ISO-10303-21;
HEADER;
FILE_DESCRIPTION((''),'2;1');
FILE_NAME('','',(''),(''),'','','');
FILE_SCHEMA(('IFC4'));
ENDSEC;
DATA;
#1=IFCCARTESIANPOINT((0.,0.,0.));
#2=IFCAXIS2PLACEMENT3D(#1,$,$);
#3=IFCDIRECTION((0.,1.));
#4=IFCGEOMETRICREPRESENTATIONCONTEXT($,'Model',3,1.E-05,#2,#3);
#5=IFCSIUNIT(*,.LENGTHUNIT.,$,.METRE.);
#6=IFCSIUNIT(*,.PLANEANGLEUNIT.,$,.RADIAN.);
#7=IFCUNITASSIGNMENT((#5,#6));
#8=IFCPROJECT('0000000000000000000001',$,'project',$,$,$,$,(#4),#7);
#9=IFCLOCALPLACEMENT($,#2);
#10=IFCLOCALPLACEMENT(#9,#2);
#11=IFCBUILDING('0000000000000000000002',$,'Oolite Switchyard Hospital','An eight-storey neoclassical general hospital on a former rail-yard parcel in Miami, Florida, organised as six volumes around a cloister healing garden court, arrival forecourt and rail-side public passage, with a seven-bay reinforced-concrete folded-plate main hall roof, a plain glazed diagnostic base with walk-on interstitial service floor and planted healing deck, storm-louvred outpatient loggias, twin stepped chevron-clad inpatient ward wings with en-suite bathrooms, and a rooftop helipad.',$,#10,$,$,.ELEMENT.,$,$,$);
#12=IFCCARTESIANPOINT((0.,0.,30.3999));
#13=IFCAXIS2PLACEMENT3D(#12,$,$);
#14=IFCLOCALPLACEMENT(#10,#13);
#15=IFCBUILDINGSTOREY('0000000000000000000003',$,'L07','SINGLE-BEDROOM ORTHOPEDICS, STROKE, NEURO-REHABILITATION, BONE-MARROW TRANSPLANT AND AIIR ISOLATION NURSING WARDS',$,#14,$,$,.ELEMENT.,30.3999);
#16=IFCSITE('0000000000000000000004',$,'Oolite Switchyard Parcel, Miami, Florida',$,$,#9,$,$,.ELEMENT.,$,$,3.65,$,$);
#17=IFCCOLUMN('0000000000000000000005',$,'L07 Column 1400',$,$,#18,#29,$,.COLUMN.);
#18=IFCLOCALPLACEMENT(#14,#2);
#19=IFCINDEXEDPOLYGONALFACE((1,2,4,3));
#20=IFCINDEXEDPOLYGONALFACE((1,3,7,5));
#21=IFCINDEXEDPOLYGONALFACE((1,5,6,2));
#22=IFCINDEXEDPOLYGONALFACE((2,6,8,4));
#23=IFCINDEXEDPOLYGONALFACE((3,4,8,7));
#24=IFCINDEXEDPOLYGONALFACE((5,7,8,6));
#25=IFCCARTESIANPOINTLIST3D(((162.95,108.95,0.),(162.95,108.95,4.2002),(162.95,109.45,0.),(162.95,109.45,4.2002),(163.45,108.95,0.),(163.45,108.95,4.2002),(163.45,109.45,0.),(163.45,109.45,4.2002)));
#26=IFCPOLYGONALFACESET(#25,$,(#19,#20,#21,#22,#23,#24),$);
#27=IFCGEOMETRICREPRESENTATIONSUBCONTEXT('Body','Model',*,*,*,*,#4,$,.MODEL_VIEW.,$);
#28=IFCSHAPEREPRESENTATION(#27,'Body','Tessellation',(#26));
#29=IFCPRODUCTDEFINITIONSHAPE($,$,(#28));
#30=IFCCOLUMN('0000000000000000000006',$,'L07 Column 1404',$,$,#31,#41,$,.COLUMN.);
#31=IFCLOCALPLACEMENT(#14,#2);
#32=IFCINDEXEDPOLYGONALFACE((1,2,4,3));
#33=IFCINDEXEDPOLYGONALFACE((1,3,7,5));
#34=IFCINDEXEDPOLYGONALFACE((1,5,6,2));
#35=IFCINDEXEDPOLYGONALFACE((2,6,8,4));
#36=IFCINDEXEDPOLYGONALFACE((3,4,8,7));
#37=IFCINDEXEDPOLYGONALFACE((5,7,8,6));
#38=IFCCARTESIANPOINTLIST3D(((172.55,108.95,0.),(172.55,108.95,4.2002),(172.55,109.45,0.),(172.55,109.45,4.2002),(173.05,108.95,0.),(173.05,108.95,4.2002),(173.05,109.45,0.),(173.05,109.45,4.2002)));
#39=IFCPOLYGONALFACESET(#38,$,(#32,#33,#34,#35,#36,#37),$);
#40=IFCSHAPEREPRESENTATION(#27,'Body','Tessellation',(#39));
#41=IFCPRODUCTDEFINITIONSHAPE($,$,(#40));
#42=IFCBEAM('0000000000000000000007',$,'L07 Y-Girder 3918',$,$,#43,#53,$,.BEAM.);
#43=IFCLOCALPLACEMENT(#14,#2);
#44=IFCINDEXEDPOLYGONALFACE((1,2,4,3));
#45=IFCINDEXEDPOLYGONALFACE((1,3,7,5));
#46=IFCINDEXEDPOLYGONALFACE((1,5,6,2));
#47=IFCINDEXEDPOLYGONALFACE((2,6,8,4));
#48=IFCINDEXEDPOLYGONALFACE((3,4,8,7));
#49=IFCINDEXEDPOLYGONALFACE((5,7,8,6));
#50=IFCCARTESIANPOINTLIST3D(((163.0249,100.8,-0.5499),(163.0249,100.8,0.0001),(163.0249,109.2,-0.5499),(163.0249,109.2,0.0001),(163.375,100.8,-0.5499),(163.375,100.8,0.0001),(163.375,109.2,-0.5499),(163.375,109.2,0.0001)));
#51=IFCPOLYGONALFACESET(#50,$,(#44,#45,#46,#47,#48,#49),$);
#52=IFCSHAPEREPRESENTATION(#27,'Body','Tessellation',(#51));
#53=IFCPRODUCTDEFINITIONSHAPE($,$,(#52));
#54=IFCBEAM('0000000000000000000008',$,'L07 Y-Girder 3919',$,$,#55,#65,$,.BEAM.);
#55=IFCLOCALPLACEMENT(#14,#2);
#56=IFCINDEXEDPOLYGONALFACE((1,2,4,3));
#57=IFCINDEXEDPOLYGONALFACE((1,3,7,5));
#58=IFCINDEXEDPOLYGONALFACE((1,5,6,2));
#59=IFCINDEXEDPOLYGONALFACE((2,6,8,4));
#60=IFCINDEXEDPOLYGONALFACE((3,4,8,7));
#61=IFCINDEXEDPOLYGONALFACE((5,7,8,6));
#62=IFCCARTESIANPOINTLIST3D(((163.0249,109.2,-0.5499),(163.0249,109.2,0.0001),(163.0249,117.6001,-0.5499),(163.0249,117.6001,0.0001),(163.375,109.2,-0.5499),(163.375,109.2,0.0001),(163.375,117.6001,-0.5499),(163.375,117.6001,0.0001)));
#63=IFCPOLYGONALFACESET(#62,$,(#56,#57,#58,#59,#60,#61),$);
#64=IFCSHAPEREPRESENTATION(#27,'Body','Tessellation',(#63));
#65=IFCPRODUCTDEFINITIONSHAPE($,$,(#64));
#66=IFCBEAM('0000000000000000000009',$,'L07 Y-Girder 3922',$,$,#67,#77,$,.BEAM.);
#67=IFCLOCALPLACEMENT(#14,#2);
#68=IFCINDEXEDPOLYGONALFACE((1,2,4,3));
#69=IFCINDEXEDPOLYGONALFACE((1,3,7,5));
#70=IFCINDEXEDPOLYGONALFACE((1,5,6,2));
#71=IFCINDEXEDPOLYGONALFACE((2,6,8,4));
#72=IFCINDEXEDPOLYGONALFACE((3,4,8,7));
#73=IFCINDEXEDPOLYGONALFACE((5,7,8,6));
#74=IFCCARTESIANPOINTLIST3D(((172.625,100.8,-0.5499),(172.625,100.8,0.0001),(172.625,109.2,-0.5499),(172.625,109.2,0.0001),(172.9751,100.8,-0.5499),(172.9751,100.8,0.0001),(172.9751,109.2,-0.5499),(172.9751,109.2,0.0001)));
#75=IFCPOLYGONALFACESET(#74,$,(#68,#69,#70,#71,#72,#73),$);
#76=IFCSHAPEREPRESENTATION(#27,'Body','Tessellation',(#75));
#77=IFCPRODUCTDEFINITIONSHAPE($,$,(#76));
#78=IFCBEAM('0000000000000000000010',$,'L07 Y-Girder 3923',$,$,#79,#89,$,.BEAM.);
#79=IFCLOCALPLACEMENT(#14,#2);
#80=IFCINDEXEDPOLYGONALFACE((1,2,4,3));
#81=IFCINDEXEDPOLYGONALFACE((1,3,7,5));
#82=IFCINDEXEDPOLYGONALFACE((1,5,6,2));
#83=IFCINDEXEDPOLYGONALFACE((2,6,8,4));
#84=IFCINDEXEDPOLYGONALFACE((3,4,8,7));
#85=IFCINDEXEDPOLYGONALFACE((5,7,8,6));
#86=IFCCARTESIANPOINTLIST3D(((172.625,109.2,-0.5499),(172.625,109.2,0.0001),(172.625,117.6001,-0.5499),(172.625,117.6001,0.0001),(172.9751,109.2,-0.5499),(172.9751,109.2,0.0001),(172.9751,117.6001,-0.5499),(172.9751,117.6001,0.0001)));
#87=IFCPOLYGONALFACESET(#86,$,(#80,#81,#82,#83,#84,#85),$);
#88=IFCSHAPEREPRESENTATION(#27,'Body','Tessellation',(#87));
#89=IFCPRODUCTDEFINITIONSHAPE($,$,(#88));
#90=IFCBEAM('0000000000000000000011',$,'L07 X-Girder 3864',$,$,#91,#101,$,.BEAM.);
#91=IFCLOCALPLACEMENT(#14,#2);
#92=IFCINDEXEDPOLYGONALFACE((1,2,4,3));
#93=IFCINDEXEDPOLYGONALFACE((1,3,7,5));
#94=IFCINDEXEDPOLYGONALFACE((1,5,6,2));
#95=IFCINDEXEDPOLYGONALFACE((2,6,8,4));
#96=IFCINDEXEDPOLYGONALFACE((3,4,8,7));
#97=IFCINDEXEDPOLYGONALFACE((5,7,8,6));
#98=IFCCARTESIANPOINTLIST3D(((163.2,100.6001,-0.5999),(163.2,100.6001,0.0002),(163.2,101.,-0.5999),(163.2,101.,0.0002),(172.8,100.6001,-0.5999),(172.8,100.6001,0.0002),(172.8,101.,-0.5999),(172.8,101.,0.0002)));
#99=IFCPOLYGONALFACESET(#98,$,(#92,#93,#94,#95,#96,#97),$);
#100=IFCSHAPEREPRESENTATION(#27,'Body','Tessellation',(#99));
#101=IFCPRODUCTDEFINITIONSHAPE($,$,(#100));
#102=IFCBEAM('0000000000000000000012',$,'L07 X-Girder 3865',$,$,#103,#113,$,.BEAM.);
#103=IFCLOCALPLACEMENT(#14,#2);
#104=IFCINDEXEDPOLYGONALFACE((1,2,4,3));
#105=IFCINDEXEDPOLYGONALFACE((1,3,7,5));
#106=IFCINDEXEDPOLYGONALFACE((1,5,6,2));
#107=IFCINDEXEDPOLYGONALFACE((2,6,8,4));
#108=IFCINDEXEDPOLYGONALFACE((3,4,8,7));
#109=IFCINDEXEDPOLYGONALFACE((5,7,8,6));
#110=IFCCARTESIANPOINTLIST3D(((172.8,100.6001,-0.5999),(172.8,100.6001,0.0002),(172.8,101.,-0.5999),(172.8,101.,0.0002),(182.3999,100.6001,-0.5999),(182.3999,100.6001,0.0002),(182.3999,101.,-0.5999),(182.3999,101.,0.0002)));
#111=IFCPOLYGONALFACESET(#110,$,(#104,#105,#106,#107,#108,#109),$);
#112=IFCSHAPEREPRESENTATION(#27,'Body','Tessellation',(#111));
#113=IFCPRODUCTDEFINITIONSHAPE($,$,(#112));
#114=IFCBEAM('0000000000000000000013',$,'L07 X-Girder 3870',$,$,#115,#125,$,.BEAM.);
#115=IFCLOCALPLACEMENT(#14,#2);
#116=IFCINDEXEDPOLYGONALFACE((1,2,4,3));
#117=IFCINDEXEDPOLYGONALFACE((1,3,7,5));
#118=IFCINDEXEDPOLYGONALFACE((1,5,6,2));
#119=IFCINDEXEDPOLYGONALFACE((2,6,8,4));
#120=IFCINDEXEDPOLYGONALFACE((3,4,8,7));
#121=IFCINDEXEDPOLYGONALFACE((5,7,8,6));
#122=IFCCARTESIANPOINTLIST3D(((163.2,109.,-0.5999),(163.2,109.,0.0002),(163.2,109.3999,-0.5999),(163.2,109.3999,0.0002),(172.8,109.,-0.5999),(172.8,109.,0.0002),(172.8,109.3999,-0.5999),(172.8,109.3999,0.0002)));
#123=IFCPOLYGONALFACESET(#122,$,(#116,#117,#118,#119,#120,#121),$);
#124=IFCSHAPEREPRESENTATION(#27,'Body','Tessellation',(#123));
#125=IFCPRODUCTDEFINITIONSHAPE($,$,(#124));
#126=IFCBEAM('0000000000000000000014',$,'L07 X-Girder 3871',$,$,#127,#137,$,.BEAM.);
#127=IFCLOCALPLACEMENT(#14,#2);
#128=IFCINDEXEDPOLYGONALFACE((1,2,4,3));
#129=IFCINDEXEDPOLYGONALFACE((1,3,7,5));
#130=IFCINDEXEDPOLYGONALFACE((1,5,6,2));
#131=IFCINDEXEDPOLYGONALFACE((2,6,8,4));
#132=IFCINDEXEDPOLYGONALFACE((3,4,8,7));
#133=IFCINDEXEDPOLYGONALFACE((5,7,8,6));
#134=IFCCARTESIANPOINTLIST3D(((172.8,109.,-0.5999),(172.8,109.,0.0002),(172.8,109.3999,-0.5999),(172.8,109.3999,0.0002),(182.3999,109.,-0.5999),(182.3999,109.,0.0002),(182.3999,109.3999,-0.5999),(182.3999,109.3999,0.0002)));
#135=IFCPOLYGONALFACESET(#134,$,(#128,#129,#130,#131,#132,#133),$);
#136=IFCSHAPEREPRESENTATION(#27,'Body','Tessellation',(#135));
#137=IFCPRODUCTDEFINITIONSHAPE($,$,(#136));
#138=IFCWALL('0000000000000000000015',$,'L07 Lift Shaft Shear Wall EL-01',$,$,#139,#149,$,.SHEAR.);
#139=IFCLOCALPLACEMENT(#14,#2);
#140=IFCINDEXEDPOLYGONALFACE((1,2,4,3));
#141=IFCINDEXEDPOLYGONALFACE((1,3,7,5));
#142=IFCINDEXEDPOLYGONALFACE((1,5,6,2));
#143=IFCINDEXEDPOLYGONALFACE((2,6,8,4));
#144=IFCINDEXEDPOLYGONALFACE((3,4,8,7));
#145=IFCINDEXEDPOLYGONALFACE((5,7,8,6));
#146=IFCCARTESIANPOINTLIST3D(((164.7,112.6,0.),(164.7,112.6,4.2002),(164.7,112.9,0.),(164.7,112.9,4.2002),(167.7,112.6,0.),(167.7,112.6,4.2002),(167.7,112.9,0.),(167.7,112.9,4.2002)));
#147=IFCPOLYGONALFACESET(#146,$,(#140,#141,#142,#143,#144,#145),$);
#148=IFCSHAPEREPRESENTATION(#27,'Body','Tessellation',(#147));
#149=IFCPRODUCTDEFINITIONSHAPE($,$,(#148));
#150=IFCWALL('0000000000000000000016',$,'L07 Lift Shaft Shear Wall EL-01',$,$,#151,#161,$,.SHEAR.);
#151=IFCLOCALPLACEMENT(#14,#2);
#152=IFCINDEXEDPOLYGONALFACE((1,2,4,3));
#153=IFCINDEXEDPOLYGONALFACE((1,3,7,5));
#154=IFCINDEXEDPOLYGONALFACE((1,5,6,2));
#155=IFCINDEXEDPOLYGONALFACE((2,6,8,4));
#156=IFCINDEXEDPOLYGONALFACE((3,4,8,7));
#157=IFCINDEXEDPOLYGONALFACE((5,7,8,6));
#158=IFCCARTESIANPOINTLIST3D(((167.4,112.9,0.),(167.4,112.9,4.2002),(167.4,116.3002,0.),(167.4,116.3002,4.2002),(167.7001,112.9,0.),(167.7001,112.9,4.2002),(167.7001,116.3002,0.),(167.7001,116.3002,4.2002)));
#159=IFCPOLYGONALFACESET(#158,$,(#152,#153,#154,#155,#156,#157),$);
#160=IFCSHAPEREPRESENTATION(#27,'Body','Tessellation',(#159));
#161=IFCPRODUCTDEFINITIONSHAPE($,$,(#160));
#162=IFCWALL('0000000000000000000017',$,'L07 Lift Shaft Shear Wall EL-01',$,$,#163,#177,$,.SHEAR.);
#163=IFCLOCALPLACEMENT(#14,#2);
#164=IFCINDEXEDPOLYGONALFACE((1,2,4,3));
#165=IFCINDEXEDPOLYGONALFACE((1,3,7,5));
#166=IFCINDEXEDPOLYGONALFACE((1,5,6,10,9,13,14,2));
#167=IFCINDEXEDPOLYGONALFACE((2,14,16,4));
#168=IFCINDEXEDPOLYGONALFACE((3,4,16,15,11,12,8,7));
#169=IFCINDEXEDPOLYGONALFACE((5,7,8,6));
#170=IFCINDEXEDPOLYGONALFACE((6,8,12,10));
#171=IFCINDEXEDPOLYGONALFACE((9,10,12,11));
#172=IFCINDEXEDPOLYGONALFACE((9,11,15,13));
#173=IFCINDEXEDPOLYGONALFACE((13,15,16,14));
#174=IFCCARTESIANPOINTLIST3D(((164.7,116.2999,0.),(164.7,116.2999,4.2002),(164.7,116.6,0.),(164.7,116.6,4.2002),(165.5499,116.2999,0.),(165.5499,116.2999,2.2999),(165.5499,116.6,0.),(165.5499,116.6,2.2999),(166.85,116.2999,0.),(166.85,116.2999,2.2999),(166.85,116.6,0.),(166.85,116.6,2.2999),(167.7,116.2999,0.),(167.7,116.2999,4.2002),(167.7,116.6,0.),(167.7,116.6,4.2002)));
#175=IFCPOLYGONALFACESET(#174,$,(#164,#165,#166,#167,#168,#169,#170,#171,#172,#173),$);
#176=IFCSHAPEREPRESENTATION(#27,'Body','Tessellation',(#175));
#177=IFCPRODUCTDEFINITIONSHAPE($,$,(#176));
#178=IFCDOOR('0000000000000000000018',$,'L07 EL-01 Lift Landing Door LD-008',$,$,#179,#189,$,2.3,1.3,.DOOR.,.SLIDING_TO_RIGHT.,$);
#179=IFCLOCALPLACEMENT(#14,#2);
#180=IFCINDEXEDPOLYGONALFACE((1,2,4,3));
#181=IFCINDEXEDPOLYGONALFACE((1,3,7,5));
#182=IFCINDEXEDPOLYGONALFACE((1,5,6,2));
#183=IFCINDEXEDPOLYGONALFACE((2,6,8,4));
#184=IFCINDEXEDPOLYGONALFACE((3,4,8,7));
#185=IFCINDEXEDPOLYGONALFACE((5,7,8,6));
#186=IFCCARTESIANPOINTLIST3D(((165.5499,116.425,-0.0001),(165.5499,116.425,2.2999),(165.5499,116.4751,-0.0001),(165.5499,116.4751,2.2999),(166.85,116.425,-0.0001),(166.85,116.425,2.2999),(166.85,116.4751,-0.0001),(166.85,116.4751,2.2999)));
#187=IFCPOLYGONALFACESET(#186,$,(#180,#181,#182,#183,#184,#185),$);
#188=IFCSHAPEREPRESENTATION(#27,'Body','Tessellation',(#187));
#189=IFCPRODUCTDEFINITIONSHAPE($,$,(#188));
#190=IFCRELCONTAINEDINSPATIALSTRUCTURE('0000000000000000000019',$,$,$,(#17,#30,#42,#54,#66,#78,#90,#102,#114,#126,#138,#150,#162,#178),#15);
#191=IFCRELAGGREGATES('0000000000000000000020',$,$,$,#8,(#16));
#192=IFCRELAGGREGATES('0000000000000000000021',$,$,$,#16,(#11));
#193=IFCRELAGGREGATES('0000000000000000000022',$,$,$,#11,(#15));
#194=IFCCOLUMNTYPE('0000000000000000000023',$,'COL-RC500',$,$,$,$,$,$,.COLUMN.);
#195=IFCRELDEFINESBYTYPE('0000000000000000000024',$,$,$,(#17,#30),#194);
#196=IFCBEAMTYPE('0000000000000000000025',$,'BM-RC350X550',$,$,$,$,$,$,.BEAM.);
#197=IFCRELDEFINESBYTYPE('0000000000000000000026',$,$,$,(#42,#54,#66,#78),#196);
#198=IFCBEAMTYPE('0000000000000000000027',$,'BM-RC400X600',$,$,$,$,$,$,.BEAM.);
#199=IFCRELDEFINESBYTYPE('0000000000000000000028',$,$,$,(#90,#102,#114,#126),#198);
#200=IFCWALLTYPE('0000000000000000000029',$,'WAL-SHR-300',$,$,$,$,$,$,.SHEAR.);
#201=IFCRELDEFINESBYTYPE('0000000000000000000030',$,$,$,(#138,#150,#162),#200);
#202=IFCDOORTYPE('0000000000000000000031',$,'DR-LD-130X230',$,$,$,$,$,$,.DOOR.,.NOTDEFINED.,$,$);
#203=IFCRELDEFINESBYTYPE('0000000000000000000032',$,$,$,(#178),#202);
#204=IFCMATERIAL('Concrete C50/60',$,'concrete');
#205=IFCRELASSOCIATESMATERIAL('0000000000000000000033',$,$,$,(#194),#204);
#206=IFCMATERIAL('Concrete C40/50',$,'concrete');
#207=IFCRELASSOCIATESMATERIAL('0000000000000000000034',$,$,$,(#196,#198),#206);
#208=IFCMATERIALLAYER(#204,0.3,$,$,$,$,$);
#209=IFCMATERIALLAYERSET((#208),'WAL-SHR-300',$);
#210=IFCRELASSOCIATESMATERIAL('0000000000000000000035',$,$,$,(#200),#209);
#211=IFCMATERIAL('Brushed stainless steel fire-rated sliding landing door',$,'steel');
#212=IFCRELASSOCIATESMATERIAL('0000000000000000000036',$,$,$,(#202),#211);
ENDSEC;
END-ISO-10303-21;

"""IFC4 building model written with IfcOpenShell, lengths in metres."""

from ifc_helpers import new_model, si_unit, direction, frame, frame_2d, origin, origin_2d, place, context, subcontext, project, spatial, rectangle, extrude, material, layer, layer_set, material_profile, profile_set, type_object, element, fill, save


model = new_model("IFC4")

# Units and contexts
model_context = context("Model", 3, precision=1e-05, world=origin(), true_north=direction((0.0, 1.0)))
body_context = subcontext(model_context, "Body", "Model", "MODEL_VIEW")
ifc_project = project(units=[si_unit("LENGTHUNIT", "METRE"), si_unit("PLANEANGLEUNIT", "RADIAN")], contexts=[model_context])

# Site, building, storey
site_placement = place(None, origin())
site = spatial("IfcSite", under=ifc_project, at=site_placement, Name="Oolite Switchyard Parcel, Miami, Florida", CompositionType="ELEMENT", RefElevation=3.65)
building_placement = place(site_placement, origin())
building = spatial("IfcBuilding", under=site, at=building_placement, Name="Oolite Switchyard Hospital", Description="An eight-storey neoclassical general hospital on a former rail-yard parcel in Miami, Florida, organised as six volumes around a cloister healing garden court, arrival forecourt and rail-side public passage, with a seven-bay reinforced-concrete folded-plate main hall roof, a plain glazed diagnostic base with walk-on interstitial service floor and planted healing deck, storm-louvred outpatient loggias, twin stepped chevron-clad inpatient ward wings with en-suite bathrooms, and a rooftop helipad.", CompositionType="ELEMENT")
storey_placement = place(building_placement, frame((0.0, 0.0, 30.3999)))
storey = spatial("IfcBuildingStorey", under=building, at=storey_placement, Name="L07", Description="SINGLE-BEDROOM ORTHOPEDICS, STROKE, NEURO-REHABILITATION, BONE-MARROW TRANSPLANT AND AIIR ISOLATION NURSING WARDS", CompositionType="ELEMENT", Elevation=30.3999)

# Columns
ifc_material_1 = material(Name="Concrete C50/60", Category="concrete")
ifc_material_profile_1 = material_profile(ifc_material_1, rectangle(XDim=0.5, YDim=0.5, at=origin_2d()), Name="RC500X500")
ifc_profile_set_1 = profile_set([ifc_material_profile_1], Name="Concrete C50/60")
column_type = type_object("IfcColumnType", Name="COL-RC500", PredefinedType="COLUMN", material=ifc_profile_set_1)
for number, where, z_axis, x_axis, name in (
    (1, (163.2, 109.2, 0.0), (0.0, 0.0, 1.0), (1.0, 0.0, 0.0), "L07 Column 1400"),
    (2, (172.8, 109.2, 0.0), (0.0, 0.0, 1.0), (1.0, 0.0, 0.0), "L07 Column 1404"),
):
    element("IfcColumn", number, at=place(storey_placement, frame(where, z_axis=z_axis, x_axis=x_axis)), inside=storey, type_object=column_type, Name=name, PredefinedType="COLUMN", context=body_context, shape_type="SweptSolid", body=[
        extrude(rectangle(XDim=0.5, YDim=0.5, at=origin_2d()), origin(), (0.0, 0.0, 1.0), 4.2002),
    ])

# Beams
ifc_material_2 = material(Name="Concrete C40/50", Category="concrete")
ifc_material_profile_2 = material_profile(ifc_material_2, rectangle(XDim=0.3501, YDim=0.55, at=origin_2d()), Name="RCB350X550")
ifc_profile_set_2 = profile_set([ifc_material_profile_2], Name="Concrete C40/50")
beam_type_1 = type_object("IfcBeamType", Name="BM-RC350X550", PredefinedType="BEAM", material=ifc_profile_set_2)
beam_1_placement = place(storey_placement, frame((163.2, 100.8, -0.2749), z_axis=(0.0, 1.0, 0.0), x_axis=(-1.0, 0.0, 0.0)))
element("IfcBeam", 3, at=beam_1_placement, inside=storey, type_object=beam_type_1, Name="L07 Y-Girder 3918", PredefinedType="BEAM", context=body_context, shape_type="SweptSolid", body=[
    extrude(rectangle(XDim=0.3501, YDim=0.55, at=origin_2d()), origin(), (0.0, 0.0, 1.0), 8.3999),
])
beam_2_placement = place(storey_placement, frame((163.2, 109.2, -0.2749), z_axis=(0.0, 1.0, 0.0), x_axis=(-1.0, 0.0, 0.0)))
element("IfcBeam", 4, at=beam_2_placement, inside=storey, type_object=beam_type_1, Name="L07 Y-Girder 3919", PredefinedType="BEAM", context=body_context, shape_type="SweptSolid", body=[
    extrude(rectangle(XDim=0.3501, YDim=0.55, at=origin_2d()), origin(), (0.0, 0.0, 1.0), 8.4001),
])
beam_3_placement = place(storey_placement, frame((172.8, 100.8, -0.2749), z_axis=(0.0, 1.0, 0.0), x_axis=(-1.0, 0.0, 0.0)))
element("IfcBeam", 5, at=beam_3_placement, inside=storey, type_object=beam_type_1, Name="L07 Y-Girder 3922", PredefinedType="BEAM", context=body_context, shape_type="SweptSolid", body=[
    extrude(rectangle(XDim=0.3501, YDim=0.55, at=origin_2d()), origin(), (0.0, 0.0, 1.0), 8.3999),
])
beam_4_placement = place(storey_placement, frame((172.8, 109.2, -0.2749), z_axis=(0.0, 1.0, 0.0), x_axis=(-1.0, 0.0, 0.0)))
element("IfcBeam", 6, at=beam_4_placement, inside=storey, type_object=beam_type_1, Name="L07 Y-Girder 3923", PredefinedType="BEAM", context=body_context, shape_type="SweptSolid", body=[
    extrude(rectangle(XDim=0.3501, YDim=0.55, at=origin_2d()), origin(), (0.0, 0.0, 1.0), 8.4001),
])
ifc_material_profile_3 = material_profile(ifc_material_2, rectangle(XDim=0.3999, YDim=0.6001, at=origin_2d()), Name="RCB400X600")
ifc_profile_set_3 = profile_set([ifc_material_profile_3], Name="Concrete C40/50")
beam_type_2 = type_object("IfcBeamType", Name="BM-RC400X600", PredefinedType="BEAM", material=ifc_profile_set_3)
beam_5_placement = place(storey_placement, frame((163.2, 100.8, -0.2998), z_axis=(1.0, 0.0, 0.0), x_axis=(0.0, 1.0, 0.0)))
element("IfcBeam", 7, at=beam_5_placement, inside=storey, type_object=beam_type_2, Name="L07 X-Girder 3864", PredefinedType="BEAM", context=body_context, shape_type="SweptSolid", body=[
    extrude(rectangle(XDim=0.3999, YDim=0.6001, at=origin_2d()), origin(), (0.0, 0.0, 1.0), 9.6001),
])
beam_6_placement = place(storey_placement, frame((172.8, 100.8, -0.2998), z_axis=(1.0, 0.0, 0.0), x_axis=(0.0, 1.0, 0.0)))
element("IfcBeam", 8, at=beam_6_placement, inside=storey, type_object=beam_type_2, Name="L07 X-Girder 3865", PredefinedType="BEAM", context=body_context, shape_type="SweptSolid", body=[
    extrude(rectangle(XDim=0.3999, YDim=0.6001, at=origin_2d()), origin(), (0.0, 0.0, 1.0), 9.5999),
])
beam_7_placement = place(storey_placement, frame((163.2, 109.2, -0.2998), z_axis=(1.0, 0.0, 0.0), x_axis=(0.0, 1.0, 0.0)))
element("IfcBeam", 9, at=beam_7_placement, inside=storey, type_object=beam_type_2, Name="L07 X-Girder 3870", PredefinedType="BEAM", context=body_context, shape_type="SweptSolid", body=[
    extrude(rectangle(XDim=0.3999, YDim=0.6001, at=origin_2d()), origin(), (0.0, 0.0, 1.0), 9.6001),
])
beam_8_placement = place(storey_placement, frame((172.8, 109.2, -0.2998), z_axis=(1.0, 0.0, 0.0), x_axis=(0.0, 1.0, 0.0)))
element("IfcBeam", 10, at=beam_8_placement, inside=storey, type_object=beam_type_2, Name="L07 X-Girder 3871", PredefinedType="BEAM", context=body_context, shape_type="SweptSolid", body=[
    extrude(rectangle(XDim=0.3999, YDim=0.6001, at=origin_2d()), origin(), (0.0, 0.0, 1.0), 9.5999),
])

# Walls
ifc_layer_1 = layer(ifc_material_1, 0.3)
ifc_layer_set_1 = layer_set([ifc_layer_1], Name="WAL-SHR-300")
wall_type_1 = type_object("IfcWallType", Name="WAL-SHR-300", PredefinedType="SHEAR", material=ifc_layer_set_1)
wall_1_placement = place(storey_placement, frame((164.7, 112.75, 0.0), z_axis=(0.0, 0.0, 1.0), x_axis=(1.0, 0.0, 0.0)))
element("IfcWall", 11, at=wall_1_placement, inside=storey, type_object=wall_type_1, Name="L07 Lift Shaft Shear Wall EL-01", PredefinedType="SHEAR", context=body_context, shape_type="SweptSolid", body=[
    extrude(rectangle(XDim=3.0, YDim=0.3, at=frame_2d((1.5, 0.0))), origin(), (0.0, 0.0, 1.0), 4.2002),
])
wall_2_placement = place(storey_placement, frame((167.55, 112.8999, 0.0), z_axis=(0.0, 0.0, 1.0), x_axis=(0.0, 1.0, 0.0)))
element("IfcWall", 12, at=wall_2_placement, inside=storey, type_object=wall_type_1, Name="L07 Lift Shaft Shear Wall EL-01", PredefinedType="SHEAR", context=body_context, shape_type="SweptSolid", body=[
    extrude(rectangle(XDim=3.4001, YDim=0.3, at=frame_2d((1.7002, 0.0))), origin(), (0.0, 0.0, 1.0), 4.2002),
])

# Wall, opening, door
wall_3_placement = place(storey_placement, frame((167.7, 116.45, 0.0), z_axis=(0.0, 0.0, 1.0), x_axis=(-1.0, 0.0, 0.0)))
wall_3 = element("IfcWall", 13, at=wall_3_placement, inside=storey, type_object=wall_type_1, Name="L07 Lift Shaft Shear Wall EL-01", PredefinedType="SHEAR", context=body_context, shape_type="SweptSolid", body=[
    extrude(rectangle(XDim=3.0, YDim=0.3, at=frame_2d((1.5, 0.0))), origin(), (0.0, 0.0, 1.0), 4.2002),
])
opening_1_placement = place(wall_3_placement, frame((0.8501, 0.0, 0.0)))
opening_1 = element("IfcOpeningElement", 14, at=opening_1_placement, cuts=wall_3, PredefinedType="OPENING", context=body_context, shape_type="SweptSolid", body=[
    extrude(rectangle(XDim=1.3, YDim=2.3, at=frame_2d((0.6499, 1.1499))), frame((0.0, 0.1602, 0.0), z_axis=(0.0, -1.0, 0.0), x_axis=(1.0, 0.0, 0.0)), (0.0, 0.0, 1.0), 0.3201),
])
ifc_material_3 = material(Name="Brushed stainless steel fire-rated sliding landing door", Category="steel")
door_type_1 = type_object("IfcDoorType", Name="DR-LD-130X230", OperationType="NOTDEFINED", PredefinedType="DOOR", material=ifc_material_3)
door_1_placement = place(opening_1_placement, origin())
door_1 = element("IfcDoor", 15, at=door_1_placement, inside=storey, type_object=door_type_1, Name="L07 EL-01 Lift Landing Door LD-008", OperationType="SLIDING_TO_RIGHT", OverallHeight=2.3, OverallWidth=1.3, PredefinedType="DOOR", context=body_context, shape_type="SweptSolid", body=[
    extrude(rectangle(XDim=1.3, YDim=2.3, at=frame_2d((0.6499, 1.1499))), frame((0.0, 0.0249, 0.0), z_axis=(0.0, -1.0, 0.0), x_axis=(1.0, 0.0, 0.0)), (0.0, 0.0, 1.0), 0.05),
])
fill(opening_1, door_1)

save(model, "model.ifc")
